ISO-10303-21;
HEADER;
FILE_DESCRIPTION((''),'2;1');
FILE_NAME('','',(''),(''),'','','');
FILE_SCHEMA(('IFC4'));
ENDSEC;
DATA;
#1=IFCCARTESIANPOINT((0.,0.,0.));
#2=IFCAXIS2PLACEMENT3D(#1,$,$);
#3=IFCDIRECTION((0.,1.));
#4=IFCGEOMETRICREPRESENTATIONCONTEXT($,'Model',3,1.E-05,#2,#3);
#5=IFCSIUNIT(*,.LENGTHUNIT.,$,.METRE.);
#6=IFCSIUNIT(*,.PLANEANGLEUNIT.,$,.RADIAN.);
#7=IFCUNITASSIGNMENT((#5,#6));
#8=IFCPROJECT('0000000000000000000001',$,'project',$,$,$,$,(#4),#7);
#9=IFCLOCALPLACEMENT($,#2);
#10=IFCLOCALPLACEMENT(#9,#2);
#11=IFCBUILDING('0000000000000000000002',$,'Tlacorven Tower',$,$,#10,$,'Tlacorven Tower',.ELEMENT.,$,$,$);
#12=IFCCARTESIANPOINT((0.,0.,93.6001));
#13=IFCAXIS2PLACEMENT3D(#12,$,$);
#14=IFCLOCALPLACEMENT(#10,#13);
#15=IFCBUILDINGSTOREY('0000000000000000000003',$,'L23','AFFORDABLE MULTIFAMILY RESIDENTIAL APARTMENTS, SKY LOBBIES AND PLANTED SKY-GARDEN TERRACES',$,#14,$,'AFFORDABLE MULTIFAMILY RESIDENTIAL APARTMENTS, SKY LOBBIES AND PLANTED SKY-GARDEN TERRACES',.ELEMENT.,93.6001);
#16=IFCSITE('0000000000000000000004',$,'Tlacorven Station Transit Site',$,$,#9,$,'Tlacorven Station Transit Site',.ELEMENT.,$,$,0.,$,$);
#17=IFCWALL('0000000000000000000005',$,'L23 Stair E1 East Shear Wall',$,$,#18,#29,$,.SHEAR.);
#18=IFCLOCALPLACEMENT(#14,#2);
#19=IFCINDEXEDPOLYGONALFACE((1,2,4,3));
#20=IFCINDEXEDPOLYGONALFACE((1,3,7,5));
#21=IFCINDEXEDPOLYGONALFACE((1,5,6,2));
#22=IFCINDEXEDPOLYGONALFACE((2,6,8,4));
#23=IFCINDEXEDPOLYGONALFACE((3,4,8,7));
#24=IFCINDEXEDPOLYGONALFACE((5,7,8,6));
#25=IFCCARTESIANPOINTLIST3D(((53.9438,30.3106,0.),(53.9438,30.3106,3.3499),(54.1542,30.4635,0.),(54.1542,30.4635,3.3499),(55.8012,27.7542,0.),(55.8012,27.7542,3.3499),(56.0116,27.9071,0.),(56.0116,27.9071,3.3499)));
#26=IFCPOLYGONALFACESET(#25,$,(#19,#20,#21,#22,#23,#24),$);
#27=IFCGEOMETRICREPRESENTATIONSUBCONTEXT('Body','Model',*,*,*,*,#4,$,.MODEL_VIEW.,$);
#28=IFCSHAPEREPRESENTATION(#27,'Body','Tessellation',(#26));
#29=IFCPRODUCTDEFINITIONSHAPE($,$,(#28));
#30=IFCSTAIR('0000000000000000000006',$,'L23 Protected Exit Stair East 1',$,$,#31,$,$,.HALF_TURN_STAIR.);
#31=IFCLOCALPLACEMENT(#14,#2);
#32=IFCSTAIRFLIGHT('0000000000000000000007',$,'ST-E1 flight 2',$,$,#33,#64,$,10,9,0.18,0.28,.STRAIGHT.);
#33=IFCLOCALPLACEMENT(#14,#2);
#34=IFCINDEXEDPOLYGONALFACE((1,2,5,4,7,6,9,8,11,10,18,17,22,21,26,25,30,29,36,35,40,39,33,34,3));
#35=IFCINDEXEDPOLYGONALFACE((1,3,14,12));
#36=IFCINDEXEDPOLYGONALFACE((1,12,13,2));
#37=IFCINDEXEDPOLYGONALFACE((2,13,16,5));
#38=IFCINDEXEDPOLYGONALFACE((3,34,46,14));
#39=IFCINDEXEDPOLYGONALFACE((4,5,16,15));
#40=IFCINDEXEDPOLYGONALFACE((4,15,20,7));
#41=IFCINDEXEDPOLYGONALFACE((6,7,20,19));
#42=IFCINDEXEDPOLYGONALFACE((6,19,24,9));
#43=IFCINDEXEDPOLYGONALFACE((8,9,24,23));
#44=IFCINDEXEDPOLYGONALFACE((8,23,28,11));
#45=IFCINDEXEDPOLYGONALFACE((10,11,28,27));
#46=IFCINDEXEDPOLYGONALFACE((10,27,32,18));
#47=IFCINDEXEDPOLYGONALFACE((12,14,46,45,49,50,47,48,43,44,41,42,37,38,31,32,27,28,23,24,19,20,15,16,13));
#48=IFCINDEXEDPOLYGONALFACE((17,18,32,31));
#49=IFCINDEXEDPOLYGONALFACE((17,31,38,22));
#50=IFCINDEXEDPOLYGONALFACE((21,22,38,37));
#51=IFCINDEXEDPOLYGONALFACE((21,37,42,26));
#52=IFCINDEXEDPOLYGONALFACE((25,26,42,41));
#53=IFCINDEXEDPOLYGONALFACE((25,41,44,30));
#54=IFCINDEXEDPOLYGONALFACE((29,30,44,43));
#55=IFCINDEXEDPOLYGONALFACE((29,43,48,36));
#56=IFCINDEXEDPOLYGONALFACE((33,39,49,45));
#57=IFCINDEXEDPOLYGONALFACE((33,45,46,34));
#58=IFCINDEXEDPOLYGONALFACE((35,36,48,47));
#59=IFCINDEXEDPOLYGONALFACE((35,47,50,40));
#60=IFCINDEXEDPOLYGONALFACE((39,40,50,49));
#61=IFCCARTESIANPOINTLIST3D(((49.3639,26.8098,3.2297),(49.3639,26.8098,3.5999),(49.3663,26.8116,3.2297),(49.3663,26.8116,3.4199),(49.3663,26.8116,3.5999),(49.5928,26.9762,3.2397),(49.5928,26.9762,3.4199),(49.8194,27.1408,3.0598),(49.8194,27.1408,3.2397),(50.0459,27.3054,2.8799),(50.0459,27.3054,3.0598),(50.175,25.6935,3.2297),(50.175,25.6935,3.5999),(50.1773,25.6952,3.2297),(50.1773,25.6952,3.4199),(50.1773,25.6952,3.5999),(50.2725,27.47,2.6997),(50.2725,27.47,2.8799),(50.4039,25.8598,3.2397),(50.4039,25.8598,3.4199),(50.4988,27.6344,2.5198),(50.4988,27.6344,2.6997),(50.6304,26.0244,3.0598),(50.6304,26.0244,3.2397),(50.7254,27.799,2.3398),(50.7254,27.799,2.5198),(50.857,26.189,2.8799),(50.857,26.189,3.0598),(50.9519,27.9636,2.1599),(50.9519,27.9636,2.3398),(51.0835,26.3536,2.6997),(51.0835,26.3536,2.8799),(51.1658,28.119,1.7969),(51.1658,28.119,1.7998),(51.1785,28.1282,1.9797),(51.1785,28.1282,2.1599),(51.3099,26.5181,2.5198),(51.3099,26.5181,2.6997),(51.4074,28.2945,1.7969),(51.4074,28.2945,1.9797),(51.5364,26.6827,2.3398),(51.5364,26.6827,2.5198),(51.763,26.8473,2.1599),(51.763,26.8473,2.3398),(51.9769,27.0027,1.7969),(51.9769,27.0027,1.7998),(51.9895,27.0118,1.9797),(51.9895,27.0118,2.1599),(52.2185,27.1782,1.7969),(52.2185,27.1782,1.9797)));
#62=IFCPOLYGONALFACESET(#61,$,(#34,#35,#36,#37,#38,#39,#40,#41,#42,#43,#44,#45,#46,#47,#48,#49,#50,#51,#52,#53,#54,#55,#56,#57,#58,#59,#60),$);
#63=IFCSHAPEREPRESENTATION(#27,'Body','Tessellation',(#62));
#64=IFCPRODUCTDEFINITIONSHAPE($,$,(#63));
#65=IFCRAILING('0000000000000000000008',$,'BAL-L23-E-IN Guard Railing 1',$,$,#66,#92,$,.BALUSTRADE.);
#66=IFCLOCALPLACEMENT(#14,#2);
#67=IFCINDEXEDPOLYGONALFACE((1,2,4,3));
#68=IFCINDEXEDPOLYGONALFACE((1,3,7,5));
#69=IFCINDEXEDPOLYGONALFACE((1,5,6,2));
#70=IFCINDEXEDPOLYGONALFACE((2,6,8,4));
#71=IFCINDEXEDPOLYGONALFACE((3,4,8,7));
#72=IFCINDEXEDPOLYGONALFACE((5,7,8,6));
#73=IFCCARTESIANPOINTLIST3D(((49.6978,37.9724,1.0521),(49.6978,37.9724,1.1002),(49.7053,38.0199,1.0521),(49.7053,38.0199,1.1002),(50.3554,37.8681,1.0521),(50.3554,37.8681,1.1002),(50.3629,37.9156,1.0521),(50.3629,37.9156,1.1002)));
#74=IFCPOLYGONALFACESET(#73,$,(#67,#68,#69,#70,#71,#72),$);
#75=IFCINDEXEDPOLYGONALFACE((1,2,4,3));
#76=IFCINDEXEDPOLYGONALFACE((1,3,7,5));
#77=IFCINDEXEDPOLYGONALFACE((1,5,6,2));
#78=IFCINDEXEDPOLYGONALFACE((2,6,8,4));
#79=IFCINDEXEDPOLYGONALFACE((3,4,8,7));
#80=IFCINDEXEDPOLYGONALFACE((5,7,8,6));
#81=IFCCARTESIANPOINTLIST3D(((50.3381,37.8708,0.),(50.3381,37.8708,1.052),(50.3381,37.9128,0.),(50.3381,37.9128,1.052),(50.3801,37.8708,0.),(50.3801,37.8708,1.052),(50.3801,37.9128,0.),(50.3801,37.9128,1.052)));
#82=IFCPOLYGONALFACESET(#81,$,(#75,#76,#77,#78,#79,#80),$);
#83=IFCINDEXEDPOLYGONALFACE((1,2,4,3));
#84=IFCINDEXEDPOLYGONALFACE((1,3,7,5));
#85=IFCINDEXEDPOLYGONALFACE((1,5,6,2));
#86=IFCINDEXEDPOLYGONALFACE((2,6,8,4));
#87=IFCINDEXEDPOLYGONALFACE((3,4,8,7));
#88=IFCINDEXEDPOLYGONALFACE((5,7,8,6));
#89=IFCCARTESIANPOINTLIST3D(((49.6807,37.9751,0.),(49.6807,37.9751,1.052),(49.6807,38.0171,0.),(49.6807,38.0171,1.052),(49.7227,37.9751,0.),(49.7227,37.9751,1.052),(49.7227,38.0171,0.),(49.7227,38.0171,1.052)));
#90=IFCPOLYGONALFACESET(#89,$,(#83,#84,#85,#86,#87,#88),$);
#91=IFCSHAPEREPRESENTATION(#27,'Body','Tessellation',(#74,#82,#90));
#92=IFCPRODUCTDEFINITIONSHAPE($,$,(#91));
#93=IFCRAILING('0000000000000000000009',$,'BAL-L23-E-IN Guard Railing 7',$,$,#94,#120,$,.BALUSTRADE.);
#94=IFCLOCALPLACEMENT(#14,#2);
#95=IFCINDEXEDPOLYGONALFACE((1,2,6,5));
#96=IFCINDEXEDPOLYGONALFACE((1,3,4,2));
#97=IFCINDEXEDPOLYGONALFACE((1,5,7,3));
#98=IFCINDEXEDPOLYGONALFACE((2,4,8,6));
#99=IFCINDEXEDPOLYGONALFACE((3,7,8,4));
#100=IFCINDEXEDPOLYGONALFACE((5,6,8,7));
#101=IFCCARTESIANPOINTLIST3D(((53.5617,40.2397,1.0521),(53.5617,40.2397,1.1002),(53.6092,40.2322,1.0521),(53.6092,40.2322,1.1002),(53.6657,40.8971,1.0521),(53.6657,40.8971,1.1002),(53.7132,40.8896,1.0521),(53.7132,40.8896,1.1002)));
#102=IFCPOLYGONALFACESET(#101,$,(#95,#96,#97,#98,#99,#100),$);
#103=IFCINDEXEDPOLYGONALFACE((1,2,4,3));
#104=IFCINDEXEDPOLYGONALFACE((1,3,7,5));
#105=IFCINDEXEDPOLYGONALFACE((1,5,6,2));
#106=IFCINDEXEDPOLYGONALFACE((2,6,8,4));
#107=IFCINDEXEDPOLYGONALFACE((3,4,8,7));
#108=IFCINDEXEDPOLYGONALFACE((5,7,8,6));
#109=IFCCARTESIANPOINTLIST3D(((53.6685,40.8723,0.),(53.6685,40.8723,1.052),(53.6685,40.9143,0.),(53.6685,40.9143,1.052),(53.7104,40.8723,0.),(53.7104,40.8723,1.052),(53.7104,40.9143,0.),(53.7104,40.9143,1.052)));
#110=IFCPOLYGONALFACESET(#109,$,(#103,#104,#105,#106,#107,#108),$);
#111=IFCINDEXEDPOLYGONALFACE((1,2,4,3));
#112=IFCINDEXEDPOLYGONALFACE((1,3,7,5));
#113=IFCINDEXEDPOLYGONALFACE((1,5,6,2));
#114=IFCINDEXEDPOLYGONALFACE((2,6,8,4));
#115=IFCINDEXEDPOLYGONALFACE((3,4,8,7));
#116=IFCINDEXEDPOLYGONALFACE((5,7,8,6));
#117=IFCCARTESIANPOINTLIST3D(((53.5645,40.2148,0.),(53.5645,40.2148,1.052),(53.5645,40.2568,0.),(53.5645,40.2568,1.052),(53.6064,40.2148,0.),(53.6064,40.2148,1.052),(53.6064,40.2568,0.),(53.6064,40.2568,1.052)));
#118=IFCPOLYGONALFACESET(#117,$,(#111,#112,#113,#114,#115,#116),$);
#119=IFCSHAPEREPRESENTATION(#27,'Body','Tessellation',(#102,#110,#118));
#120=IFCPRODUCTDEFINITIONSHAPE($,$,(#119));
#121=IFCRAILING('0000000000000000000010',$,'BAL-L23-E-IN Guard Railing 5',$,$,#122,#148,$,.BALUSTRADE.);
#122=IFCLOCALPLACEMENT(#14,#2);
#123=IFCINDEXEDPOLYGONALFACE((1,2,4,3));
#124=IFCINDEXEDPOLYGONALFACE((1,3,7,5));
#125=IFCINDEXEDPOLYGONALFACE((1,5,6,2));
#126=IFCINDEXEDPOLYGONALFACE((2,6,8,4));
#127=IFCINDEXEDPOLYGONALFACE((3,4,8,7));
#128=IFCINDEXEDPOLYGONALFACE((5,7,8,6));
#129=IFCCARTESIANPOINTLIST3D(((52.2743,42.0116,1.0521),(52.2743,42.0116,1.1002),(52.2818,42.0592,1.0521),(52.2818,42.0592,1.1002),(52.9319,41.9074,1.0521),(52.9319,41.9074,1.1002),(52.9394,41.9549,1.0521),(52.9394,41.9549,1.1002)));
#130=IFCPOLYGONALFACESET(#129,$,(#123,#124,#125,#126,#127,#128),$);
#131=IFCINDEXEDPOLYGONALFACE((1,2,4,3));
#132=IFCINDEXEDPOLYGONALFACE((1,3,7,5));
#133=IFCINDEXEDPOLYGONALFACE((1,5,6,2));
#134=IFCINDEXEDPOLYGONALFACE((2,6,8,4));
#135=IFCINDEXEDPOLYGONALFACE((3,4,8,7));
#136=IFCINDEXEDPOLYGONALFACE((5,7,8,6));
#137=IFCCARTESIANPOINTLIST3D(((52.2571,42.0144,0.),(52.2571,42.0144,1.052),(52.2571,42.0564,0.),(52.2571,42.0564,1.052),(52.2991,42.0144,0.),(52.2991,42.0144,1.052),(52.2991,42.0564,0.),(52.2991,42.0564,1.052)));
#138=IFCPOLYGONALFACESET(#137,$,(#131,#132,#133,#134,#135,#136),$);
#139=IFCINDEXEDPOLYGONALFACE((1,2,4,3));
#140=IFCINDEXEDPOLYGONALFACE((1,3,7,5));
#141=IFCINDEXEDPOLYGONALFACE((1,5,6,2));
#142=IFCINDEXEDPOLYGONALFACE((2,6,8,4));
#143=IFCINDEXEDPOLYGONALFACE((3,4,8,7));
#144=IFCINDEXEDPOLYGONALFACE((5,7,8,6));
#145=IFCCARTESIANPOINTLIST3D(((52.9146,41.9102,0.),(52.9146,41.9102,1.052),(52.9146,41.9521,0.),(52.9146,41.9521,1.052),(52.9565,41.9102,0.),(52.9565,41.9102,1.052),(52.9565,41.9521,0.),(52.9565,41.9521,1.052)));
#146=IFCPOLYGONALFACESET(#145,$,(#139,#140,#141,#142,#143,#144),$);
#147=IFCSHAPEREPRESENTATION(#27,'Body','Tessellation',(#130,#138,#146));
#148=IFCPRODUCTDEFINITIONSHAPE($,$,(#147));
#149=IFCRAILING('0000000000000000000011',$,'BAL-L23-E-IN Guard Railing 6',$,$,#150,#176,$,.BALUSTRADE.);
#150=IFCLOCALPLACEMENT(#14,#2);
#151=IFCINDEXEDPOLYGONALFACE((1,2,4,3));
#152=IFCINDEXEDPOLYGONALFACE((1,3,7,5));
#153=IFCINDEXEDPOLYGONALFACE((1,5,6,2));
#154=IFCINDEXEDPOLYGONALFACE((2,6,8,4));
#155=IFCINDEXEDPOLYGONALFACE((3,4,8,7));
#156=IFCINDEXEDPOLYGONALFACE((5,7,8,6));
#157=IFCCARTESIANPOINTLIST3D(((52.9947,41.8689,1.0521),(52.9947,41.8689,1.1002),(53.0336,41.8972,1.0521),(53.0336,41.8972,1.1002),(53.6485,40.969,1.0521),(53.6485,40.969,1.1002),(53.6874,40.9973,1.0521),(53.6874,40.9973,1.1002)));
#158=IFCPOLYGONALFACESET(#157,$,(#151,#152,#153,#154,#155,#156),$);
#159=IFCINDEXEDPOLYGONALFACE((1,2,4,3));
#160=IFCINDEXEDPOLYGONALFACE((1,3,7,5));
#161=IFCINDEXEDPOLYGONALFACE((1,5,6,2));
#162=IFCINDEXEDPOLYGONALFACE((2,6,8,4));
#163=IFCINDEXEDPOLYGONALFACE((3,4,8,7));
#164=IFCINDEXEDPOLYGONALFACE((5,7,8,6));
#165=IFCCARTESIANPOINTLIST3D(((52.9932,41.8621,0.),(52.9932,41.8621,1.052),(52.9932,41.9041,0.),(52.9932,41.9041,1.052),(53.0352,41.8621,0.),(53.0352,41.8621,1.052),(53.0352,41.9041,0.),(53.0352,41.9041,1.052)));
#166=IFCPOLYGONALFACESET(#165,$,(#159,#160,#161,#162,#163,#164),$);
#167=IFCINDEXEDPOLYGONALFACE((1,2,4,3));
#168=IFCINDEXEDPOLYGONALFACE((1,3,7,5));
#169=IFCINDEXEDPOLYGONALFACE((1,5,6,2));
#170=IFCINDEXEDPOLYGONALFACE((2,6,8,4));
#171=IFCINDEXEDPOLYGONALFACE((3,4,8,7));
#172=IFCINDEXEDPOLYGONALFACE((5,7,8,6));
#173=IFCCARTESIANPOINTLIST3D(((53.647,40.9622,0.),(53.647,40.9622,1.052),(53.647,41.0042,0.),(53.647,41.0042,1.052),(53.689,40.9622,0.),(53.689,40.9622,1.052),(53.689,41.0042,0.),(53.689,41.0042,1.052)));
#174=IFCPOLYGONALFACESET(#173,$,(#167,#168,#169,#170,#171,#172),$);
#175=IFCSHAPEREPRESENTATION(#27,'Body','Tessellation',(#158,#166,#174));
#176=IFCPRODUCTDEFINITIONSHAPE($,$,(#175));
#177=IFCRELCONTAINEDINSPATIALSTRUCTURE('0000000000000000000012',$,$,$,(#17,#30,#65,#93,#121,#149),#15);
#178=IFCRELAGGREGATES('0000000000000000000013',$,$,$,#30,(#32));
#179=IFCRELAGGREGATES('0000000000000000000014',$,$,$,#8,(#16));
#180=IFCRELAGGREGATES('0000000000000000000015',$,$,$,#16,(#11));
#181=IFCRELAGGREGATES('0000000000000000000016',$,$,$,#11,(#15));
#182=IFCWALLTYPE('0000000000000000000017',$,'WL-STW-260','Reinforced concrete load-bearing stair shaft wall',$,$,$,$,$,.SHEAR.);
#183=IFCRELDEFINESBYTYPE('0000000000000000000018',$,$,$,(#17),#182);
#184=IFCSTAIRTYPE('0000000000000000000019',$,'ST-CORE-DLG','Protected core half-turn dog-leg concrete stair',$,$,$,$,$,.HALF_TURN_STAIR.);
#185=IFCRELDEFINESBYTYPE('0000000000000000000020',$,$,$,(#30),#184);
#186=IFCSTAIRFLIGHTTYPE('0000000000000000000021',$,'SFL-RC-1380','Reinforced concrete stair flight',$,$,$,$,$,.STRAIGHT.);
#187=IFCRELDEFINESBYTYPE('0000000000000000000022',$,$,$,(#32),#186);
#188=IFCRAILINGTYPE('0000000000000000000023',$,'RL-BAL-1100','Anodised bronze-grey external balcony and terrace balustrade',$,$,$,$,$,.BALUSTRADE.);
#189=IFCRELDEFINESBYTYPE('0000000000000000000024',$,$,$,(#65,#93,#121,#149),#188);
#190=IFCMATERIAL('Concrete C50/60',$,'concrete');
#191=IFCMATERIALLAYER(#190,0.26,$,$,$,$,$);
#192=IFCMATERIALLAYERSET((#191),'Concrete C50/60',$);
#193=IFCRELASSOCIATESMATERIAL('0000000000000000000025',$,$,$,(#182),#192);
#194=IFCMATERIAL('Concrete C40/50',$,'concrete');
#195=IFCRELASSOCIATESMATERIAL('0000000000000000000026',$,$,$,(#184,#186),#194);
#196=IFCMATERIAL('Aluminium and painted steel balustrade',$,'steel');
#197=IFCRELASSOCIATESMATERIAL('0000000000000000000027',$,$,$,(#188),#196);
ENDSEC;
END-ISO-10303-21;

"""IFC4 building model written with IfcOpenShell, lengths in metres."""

from ifc_helpers import new_model, si_unit, direction, frame, frame_2d, origin, origin_2d, place, context, subcontext, project, spatial, polyline, rectangle, outline, extrude, source, transform, mapped, material, layer, layer_set, type_object, element, aggregate, save


model = new_model("IFC4")

# Units and contexts
model_context = context("Model", 3, precision=1e-05, world=origin(), true_north=direction((0.0, 1.0)))
body_context = subcontext(model_context, "Body", "Model", "MODEL_VIEW")
ifc_project = project(units=[si_unit("LENGTHUNIT", "METRE"), si_unit("PLANEANGLEUNIT", "RADIAN")], contexts=[model_context])

# Site, building, storey
site_placement = place(None, origin())
site = spatial("IfcSite", under=ifc_project, at=site_placement, Name="Tlacorven Station Transit Site", LongName="Tlacorven Station Transit Site", CompositionType="ELEMENT", RefElevation=0.0)
building_placement = place(site_placement, origin())
building = spatial("IfcBuilding", under=site, at=building_placement, Name="Tlacorven Tower", LongName="Tlacorven Tower", CompositionType="ELEMENT")
storey_placement = place(building_placement, frame((0.0, 0.0, 93.6001)))
storey = spatial("IfcBuildingStorey", under=building, at=storey_placement, Name="L23", Description="AFFORDABLE MULTIFAMILY RESIDENTIAL APARTMENTS, SKY LOBBIES AND PLANTED SKY-GARDEN TERRACES", LongName="AFFORDABLE MULTIFAMILY RESIDENTIAL APARTMENTS, SKY LOBBIES AND PLANTED SKY-GARDEN TERRACES", CompositionType="ELEMENT", Elevation=93.6001)

# Wall
ifc_material_1 = material(Name="Concrete C50/60", Category="concrete")
ifc_layer_1 = layer(ifc_material_1, 0.26)
ifc_layer_set_1 = layer_set([ifc_layer_1], Name="Concrete C50/60")
wall_type_1 = type_object("IfcWallType", Name="WL-STW-260", Description="Reinforced concrete load-bearing stair shaft wall", PredefinedType="SHEAR", material=ifc_layer_set_1)
wall_1_placement = place(storey_placement, frame((55.9065, 27.8306, 0.0), z_axis=(0.0, 0.0, 1.0), x_axis=(-0.587804, 0.809003, 0.0)))
element("IfcWall", 1, at=wall_1_placement, inside=storey, type_object=wall_type_1, Name="L23 Stair E1 East Shear Wall", PredefinedType="SHEAR", context=body_context, shape_type="SweptSolid", body=[
    extrude(rectangle(XDim=3.1599, YDim=0.26, at=frame_2d((1.5801, 0.0))), origin(), (0.0, 0.0, 1.0), 3.3499),
])

# Stair, stair flight
ifc_material_2 = material(Name="Concrete C40/50", Category="concrete")
stair_type = type_object("IfcStairType", Name="ST-CORE-DLG", Description="Protected core half-turn dog-leg concrete stair", PredefinedType="HALF_TURN_STAIR", material=ifc_material_2)
stair_placement = place(storey_placement, origin())
stair = element("IfcStair", 2, at=stair_placement, inside=storey, type_object=stair_type, Name="L23 Protected Exit Stair East 1", PredefinedType="HALF_TURN_STAIR")
stair_flight_type = type_object("IfcStairFlightType", Name="SFL-RC-1380", Description="Reinforced concrete stair flight", PredefinedType="STRAIGHT", material=ifc_material_2)
shared_shape_1 = source(origin(), body_context, "Body", "SweptSolid", [
    extrude(outline(polyline([(-0.0029, -0.0029), (-0.0029, 0.1799), (0.28, 0.1799), (0.28, 0.3601), (0.5601, 0.3601), (0.5601, 0.54), (0.8401, 0.54), (0.8401, 0.72), (1.1201, 0.72), (1.1201, 0.8999), (1.3999, 0.8999), (1.3999, 1.0801), (1.6799, 1.0801), (1.6799, 1.26), (1.96, 1.26), (1.96, 1.4399), (2.24, 1.4399), (2.24, 1.6201), (2.52, 1.6201), (2.52, 1.8), (2.5229, 1.8), (2.5229, 1.4299), (2.52, 1.4299), (0.2957, 0.0), (0.2957, -0.0029), (-0.0029, -0.0029)])), frame((0.0, 0.6899, 0.0), z_axis=(0.0, -1.0, 0.0), x_axis=(1.0, 0.0, 0.0)), (0.0, 0.0, 1.0), 1.3799),
])
stair_flight_placement = place(storey_placement, frame((51.8105, 27.7346, 1.7998), z_axis=(0.0, 0.0, 1.0), x_axis=(-0.809017, -0.587785, 0.0)))
stair_flight = element("IfcStairFlight", 3, at=stair_flight_placement, type_object=stair_flight_type, Name="ST-E1 flight 2", NumberOfRisers=10, NumberOfTreads=9, PredefinedType="STRAIGHT", RiserHeight=0.18, TreadLength=0.28, context=body_context, shape_type="MappedRepresentation", body=[
    mapped(shared_shape_1, transform((0.0, 0.0, 0.0), scale=1.0)),
])
aggregate(stair, [stair_flight])

# Railings
ifc_material_3 = material(Name="Aluminium and painted steel balustrade", Category="steel")
railing_type_1 = type_object("IfcRailingType", Name="RL-BAL-1100", Description="Anodised bronze-grey external balcony and terrace balustrade", PredefinedType="BALUSTRADE", material=ifc_material_3)
shared_shape_2 = source(origin(), body_context, "Body", "SweptSolid", [
    extrude(rectangle(XDim=0.0481, YDim=0.0481, at=origin_2d()), frame((0.0, 0.0, 1.0762), z_axis=(-0.987662, 0.156603, 0.0), x_axis=(-0.156603, -0.987662, 0.0)), (0.0, 0.0, 1.0), 0.6658),
    extrude(rectangle(XDim=0.042, YDim=0.042, at=origin_2d()), origin(), (0.0, 0.0, 1.0), 1.052),
    extrude(rectangle(XDim=0.042, YDim=0.042, at=origin_2d()), frame((-0.6575, 0.1042, 0.0)), (0.0, 0.0, 1.0), 1.052),
])
railing_1_placement = place(storey_placement, frame((50.3591, 37.8918, 0.0)))
element("IfcRailing", 4, at=railing_1_placement, inside=storey, type_object=railing_type_1, Name="BAL-L23-E-IN Guard Railing 1", PredefinedType="BALUSTRADE", context=body_context, shape_type="MappedRepresentation", body=[
    mapped(shared_shape_2, transform((0.0, 0.0, 0.0), scale=1.0)),
])
shared_shape_3 = source(origin(), body_context, "Body", "SweptSolid", [
    extrude(rectangle(XDim=0.0481, YDim=0.0481, at=origin_2d()), frame((0.0, 0.0, 1.0762), z_axis=(-0.156245, -0.987718, 0.0), x_axis=(0.987718, -0.156245, 0.0)), (0.0, 0.0, 1.0), 0.6655),
    extrude(rectangle(XDim=0.042, YDim=0.042, at=origin_2d()), origin(), (0.0, 0.0, 1.0), 1.052),
    extrude(rectangle(XDim=0.042, YDim=0.042, at=origin_2d()), frame((-0.104, -0.6575, 0.0)), (0.0, 0.0, 1.0), 1.052),
])
railing_2_placement = place(storey_placement, frame((53.6895, 40.8933, 0.0)))
element("IfcRailing", 5, at=railing_2_placement, inside=storey, type_object=railing_type_1, Name="BAL-L23-E-IN Guard Railing 7", PredefinedType="BALUSTRADE", context=body_context, shape_type="MappedRepresentation", body=[
    mapped(shared_shape_3, transform((0.0, 0.0, 0.0), scale=1.0)),
])
shared_shape_4 = source(origin(), body_context, "Body", "SweptSolid", [
    extrude(rectangle(XDim=0.0481, YDim=0.0481, at=origin_2d()), frame((0.0, 0.0, 1.0762), z_axis=(0.987662, -0.156603, 0.0), x_axis=(0.156603, 0.987662, 0.0)), (0.0, 0.0, 1.0), 0.6658),
    extrude(rectangle(XDim=0.042, YDim=0.042, at=origin_2d()), origin(), (0.0, 0.0, 1.0), 1.052),
    extrude(rectangle(XDim=0.042, YDim=0.042, at=origin_2d()), frame((0.6575, -0.1042, 0.0)), (0.0, 0.0, 1.0), 1.052),
])
railing_3_placement = place(storey_placement, frame((52.2781, 42.0354, 0.0)))
element("IfcRailing", 6, at=railing_3_placement, inside=storey, type_object=railing_type_1, Name="BAL-L23-E-IN Guard Railing 5", PredefinedType="BALUSTRADE", context=body_context, shape_type="MappedRepresentation", body=[
    mapped(shared_shape_4, transform((0.0, 0.0, 0.0), scale=1.0)),
])
shared_shape_5 = source(origin(), body_context, "Body", "SweptSolid", [
    extrude(rectangle(XDim=0.0481, YDim=0.0481, at=origin_2d()), frame((0.0, 0.0, 1.0762), z_axis=(0.58778, -0.809021, 0.0), x_axis=(0.809021, 0.58778, 0.0)), (0.0, 0.0, 1.0), 1.1123),
    extrude(rectangle(XDim=0.042, YDim=0.042, at=origin_2d()), origin(), (0.0, 0.0, 1.0), 1.052),
    extrude(rectangle(XDim=0.042, YDim=0.042, at=origin_2d()), frame((0.6538, -0.8999, 0.0)), (0.0, 0.0, 1.0), 1.052),
])
railing_4_placement = place(storey_placement, frame((53.0142, 41.8831, 0.0)))
element("IfcRailing", 7, at=railing_4_placement, inside=storey, type_object=railing_type_1, Name="BAL-L23-E-IN Guard Railing 6", PredefinedType="BALUSTRADE", context=body_context, shape_type="MappedRepresentation", body=[
    mapped(shared_shape_5, transform((0.0, 0.0, 0.0), scale=1.0)),
])

save(model, "model.ifc")
